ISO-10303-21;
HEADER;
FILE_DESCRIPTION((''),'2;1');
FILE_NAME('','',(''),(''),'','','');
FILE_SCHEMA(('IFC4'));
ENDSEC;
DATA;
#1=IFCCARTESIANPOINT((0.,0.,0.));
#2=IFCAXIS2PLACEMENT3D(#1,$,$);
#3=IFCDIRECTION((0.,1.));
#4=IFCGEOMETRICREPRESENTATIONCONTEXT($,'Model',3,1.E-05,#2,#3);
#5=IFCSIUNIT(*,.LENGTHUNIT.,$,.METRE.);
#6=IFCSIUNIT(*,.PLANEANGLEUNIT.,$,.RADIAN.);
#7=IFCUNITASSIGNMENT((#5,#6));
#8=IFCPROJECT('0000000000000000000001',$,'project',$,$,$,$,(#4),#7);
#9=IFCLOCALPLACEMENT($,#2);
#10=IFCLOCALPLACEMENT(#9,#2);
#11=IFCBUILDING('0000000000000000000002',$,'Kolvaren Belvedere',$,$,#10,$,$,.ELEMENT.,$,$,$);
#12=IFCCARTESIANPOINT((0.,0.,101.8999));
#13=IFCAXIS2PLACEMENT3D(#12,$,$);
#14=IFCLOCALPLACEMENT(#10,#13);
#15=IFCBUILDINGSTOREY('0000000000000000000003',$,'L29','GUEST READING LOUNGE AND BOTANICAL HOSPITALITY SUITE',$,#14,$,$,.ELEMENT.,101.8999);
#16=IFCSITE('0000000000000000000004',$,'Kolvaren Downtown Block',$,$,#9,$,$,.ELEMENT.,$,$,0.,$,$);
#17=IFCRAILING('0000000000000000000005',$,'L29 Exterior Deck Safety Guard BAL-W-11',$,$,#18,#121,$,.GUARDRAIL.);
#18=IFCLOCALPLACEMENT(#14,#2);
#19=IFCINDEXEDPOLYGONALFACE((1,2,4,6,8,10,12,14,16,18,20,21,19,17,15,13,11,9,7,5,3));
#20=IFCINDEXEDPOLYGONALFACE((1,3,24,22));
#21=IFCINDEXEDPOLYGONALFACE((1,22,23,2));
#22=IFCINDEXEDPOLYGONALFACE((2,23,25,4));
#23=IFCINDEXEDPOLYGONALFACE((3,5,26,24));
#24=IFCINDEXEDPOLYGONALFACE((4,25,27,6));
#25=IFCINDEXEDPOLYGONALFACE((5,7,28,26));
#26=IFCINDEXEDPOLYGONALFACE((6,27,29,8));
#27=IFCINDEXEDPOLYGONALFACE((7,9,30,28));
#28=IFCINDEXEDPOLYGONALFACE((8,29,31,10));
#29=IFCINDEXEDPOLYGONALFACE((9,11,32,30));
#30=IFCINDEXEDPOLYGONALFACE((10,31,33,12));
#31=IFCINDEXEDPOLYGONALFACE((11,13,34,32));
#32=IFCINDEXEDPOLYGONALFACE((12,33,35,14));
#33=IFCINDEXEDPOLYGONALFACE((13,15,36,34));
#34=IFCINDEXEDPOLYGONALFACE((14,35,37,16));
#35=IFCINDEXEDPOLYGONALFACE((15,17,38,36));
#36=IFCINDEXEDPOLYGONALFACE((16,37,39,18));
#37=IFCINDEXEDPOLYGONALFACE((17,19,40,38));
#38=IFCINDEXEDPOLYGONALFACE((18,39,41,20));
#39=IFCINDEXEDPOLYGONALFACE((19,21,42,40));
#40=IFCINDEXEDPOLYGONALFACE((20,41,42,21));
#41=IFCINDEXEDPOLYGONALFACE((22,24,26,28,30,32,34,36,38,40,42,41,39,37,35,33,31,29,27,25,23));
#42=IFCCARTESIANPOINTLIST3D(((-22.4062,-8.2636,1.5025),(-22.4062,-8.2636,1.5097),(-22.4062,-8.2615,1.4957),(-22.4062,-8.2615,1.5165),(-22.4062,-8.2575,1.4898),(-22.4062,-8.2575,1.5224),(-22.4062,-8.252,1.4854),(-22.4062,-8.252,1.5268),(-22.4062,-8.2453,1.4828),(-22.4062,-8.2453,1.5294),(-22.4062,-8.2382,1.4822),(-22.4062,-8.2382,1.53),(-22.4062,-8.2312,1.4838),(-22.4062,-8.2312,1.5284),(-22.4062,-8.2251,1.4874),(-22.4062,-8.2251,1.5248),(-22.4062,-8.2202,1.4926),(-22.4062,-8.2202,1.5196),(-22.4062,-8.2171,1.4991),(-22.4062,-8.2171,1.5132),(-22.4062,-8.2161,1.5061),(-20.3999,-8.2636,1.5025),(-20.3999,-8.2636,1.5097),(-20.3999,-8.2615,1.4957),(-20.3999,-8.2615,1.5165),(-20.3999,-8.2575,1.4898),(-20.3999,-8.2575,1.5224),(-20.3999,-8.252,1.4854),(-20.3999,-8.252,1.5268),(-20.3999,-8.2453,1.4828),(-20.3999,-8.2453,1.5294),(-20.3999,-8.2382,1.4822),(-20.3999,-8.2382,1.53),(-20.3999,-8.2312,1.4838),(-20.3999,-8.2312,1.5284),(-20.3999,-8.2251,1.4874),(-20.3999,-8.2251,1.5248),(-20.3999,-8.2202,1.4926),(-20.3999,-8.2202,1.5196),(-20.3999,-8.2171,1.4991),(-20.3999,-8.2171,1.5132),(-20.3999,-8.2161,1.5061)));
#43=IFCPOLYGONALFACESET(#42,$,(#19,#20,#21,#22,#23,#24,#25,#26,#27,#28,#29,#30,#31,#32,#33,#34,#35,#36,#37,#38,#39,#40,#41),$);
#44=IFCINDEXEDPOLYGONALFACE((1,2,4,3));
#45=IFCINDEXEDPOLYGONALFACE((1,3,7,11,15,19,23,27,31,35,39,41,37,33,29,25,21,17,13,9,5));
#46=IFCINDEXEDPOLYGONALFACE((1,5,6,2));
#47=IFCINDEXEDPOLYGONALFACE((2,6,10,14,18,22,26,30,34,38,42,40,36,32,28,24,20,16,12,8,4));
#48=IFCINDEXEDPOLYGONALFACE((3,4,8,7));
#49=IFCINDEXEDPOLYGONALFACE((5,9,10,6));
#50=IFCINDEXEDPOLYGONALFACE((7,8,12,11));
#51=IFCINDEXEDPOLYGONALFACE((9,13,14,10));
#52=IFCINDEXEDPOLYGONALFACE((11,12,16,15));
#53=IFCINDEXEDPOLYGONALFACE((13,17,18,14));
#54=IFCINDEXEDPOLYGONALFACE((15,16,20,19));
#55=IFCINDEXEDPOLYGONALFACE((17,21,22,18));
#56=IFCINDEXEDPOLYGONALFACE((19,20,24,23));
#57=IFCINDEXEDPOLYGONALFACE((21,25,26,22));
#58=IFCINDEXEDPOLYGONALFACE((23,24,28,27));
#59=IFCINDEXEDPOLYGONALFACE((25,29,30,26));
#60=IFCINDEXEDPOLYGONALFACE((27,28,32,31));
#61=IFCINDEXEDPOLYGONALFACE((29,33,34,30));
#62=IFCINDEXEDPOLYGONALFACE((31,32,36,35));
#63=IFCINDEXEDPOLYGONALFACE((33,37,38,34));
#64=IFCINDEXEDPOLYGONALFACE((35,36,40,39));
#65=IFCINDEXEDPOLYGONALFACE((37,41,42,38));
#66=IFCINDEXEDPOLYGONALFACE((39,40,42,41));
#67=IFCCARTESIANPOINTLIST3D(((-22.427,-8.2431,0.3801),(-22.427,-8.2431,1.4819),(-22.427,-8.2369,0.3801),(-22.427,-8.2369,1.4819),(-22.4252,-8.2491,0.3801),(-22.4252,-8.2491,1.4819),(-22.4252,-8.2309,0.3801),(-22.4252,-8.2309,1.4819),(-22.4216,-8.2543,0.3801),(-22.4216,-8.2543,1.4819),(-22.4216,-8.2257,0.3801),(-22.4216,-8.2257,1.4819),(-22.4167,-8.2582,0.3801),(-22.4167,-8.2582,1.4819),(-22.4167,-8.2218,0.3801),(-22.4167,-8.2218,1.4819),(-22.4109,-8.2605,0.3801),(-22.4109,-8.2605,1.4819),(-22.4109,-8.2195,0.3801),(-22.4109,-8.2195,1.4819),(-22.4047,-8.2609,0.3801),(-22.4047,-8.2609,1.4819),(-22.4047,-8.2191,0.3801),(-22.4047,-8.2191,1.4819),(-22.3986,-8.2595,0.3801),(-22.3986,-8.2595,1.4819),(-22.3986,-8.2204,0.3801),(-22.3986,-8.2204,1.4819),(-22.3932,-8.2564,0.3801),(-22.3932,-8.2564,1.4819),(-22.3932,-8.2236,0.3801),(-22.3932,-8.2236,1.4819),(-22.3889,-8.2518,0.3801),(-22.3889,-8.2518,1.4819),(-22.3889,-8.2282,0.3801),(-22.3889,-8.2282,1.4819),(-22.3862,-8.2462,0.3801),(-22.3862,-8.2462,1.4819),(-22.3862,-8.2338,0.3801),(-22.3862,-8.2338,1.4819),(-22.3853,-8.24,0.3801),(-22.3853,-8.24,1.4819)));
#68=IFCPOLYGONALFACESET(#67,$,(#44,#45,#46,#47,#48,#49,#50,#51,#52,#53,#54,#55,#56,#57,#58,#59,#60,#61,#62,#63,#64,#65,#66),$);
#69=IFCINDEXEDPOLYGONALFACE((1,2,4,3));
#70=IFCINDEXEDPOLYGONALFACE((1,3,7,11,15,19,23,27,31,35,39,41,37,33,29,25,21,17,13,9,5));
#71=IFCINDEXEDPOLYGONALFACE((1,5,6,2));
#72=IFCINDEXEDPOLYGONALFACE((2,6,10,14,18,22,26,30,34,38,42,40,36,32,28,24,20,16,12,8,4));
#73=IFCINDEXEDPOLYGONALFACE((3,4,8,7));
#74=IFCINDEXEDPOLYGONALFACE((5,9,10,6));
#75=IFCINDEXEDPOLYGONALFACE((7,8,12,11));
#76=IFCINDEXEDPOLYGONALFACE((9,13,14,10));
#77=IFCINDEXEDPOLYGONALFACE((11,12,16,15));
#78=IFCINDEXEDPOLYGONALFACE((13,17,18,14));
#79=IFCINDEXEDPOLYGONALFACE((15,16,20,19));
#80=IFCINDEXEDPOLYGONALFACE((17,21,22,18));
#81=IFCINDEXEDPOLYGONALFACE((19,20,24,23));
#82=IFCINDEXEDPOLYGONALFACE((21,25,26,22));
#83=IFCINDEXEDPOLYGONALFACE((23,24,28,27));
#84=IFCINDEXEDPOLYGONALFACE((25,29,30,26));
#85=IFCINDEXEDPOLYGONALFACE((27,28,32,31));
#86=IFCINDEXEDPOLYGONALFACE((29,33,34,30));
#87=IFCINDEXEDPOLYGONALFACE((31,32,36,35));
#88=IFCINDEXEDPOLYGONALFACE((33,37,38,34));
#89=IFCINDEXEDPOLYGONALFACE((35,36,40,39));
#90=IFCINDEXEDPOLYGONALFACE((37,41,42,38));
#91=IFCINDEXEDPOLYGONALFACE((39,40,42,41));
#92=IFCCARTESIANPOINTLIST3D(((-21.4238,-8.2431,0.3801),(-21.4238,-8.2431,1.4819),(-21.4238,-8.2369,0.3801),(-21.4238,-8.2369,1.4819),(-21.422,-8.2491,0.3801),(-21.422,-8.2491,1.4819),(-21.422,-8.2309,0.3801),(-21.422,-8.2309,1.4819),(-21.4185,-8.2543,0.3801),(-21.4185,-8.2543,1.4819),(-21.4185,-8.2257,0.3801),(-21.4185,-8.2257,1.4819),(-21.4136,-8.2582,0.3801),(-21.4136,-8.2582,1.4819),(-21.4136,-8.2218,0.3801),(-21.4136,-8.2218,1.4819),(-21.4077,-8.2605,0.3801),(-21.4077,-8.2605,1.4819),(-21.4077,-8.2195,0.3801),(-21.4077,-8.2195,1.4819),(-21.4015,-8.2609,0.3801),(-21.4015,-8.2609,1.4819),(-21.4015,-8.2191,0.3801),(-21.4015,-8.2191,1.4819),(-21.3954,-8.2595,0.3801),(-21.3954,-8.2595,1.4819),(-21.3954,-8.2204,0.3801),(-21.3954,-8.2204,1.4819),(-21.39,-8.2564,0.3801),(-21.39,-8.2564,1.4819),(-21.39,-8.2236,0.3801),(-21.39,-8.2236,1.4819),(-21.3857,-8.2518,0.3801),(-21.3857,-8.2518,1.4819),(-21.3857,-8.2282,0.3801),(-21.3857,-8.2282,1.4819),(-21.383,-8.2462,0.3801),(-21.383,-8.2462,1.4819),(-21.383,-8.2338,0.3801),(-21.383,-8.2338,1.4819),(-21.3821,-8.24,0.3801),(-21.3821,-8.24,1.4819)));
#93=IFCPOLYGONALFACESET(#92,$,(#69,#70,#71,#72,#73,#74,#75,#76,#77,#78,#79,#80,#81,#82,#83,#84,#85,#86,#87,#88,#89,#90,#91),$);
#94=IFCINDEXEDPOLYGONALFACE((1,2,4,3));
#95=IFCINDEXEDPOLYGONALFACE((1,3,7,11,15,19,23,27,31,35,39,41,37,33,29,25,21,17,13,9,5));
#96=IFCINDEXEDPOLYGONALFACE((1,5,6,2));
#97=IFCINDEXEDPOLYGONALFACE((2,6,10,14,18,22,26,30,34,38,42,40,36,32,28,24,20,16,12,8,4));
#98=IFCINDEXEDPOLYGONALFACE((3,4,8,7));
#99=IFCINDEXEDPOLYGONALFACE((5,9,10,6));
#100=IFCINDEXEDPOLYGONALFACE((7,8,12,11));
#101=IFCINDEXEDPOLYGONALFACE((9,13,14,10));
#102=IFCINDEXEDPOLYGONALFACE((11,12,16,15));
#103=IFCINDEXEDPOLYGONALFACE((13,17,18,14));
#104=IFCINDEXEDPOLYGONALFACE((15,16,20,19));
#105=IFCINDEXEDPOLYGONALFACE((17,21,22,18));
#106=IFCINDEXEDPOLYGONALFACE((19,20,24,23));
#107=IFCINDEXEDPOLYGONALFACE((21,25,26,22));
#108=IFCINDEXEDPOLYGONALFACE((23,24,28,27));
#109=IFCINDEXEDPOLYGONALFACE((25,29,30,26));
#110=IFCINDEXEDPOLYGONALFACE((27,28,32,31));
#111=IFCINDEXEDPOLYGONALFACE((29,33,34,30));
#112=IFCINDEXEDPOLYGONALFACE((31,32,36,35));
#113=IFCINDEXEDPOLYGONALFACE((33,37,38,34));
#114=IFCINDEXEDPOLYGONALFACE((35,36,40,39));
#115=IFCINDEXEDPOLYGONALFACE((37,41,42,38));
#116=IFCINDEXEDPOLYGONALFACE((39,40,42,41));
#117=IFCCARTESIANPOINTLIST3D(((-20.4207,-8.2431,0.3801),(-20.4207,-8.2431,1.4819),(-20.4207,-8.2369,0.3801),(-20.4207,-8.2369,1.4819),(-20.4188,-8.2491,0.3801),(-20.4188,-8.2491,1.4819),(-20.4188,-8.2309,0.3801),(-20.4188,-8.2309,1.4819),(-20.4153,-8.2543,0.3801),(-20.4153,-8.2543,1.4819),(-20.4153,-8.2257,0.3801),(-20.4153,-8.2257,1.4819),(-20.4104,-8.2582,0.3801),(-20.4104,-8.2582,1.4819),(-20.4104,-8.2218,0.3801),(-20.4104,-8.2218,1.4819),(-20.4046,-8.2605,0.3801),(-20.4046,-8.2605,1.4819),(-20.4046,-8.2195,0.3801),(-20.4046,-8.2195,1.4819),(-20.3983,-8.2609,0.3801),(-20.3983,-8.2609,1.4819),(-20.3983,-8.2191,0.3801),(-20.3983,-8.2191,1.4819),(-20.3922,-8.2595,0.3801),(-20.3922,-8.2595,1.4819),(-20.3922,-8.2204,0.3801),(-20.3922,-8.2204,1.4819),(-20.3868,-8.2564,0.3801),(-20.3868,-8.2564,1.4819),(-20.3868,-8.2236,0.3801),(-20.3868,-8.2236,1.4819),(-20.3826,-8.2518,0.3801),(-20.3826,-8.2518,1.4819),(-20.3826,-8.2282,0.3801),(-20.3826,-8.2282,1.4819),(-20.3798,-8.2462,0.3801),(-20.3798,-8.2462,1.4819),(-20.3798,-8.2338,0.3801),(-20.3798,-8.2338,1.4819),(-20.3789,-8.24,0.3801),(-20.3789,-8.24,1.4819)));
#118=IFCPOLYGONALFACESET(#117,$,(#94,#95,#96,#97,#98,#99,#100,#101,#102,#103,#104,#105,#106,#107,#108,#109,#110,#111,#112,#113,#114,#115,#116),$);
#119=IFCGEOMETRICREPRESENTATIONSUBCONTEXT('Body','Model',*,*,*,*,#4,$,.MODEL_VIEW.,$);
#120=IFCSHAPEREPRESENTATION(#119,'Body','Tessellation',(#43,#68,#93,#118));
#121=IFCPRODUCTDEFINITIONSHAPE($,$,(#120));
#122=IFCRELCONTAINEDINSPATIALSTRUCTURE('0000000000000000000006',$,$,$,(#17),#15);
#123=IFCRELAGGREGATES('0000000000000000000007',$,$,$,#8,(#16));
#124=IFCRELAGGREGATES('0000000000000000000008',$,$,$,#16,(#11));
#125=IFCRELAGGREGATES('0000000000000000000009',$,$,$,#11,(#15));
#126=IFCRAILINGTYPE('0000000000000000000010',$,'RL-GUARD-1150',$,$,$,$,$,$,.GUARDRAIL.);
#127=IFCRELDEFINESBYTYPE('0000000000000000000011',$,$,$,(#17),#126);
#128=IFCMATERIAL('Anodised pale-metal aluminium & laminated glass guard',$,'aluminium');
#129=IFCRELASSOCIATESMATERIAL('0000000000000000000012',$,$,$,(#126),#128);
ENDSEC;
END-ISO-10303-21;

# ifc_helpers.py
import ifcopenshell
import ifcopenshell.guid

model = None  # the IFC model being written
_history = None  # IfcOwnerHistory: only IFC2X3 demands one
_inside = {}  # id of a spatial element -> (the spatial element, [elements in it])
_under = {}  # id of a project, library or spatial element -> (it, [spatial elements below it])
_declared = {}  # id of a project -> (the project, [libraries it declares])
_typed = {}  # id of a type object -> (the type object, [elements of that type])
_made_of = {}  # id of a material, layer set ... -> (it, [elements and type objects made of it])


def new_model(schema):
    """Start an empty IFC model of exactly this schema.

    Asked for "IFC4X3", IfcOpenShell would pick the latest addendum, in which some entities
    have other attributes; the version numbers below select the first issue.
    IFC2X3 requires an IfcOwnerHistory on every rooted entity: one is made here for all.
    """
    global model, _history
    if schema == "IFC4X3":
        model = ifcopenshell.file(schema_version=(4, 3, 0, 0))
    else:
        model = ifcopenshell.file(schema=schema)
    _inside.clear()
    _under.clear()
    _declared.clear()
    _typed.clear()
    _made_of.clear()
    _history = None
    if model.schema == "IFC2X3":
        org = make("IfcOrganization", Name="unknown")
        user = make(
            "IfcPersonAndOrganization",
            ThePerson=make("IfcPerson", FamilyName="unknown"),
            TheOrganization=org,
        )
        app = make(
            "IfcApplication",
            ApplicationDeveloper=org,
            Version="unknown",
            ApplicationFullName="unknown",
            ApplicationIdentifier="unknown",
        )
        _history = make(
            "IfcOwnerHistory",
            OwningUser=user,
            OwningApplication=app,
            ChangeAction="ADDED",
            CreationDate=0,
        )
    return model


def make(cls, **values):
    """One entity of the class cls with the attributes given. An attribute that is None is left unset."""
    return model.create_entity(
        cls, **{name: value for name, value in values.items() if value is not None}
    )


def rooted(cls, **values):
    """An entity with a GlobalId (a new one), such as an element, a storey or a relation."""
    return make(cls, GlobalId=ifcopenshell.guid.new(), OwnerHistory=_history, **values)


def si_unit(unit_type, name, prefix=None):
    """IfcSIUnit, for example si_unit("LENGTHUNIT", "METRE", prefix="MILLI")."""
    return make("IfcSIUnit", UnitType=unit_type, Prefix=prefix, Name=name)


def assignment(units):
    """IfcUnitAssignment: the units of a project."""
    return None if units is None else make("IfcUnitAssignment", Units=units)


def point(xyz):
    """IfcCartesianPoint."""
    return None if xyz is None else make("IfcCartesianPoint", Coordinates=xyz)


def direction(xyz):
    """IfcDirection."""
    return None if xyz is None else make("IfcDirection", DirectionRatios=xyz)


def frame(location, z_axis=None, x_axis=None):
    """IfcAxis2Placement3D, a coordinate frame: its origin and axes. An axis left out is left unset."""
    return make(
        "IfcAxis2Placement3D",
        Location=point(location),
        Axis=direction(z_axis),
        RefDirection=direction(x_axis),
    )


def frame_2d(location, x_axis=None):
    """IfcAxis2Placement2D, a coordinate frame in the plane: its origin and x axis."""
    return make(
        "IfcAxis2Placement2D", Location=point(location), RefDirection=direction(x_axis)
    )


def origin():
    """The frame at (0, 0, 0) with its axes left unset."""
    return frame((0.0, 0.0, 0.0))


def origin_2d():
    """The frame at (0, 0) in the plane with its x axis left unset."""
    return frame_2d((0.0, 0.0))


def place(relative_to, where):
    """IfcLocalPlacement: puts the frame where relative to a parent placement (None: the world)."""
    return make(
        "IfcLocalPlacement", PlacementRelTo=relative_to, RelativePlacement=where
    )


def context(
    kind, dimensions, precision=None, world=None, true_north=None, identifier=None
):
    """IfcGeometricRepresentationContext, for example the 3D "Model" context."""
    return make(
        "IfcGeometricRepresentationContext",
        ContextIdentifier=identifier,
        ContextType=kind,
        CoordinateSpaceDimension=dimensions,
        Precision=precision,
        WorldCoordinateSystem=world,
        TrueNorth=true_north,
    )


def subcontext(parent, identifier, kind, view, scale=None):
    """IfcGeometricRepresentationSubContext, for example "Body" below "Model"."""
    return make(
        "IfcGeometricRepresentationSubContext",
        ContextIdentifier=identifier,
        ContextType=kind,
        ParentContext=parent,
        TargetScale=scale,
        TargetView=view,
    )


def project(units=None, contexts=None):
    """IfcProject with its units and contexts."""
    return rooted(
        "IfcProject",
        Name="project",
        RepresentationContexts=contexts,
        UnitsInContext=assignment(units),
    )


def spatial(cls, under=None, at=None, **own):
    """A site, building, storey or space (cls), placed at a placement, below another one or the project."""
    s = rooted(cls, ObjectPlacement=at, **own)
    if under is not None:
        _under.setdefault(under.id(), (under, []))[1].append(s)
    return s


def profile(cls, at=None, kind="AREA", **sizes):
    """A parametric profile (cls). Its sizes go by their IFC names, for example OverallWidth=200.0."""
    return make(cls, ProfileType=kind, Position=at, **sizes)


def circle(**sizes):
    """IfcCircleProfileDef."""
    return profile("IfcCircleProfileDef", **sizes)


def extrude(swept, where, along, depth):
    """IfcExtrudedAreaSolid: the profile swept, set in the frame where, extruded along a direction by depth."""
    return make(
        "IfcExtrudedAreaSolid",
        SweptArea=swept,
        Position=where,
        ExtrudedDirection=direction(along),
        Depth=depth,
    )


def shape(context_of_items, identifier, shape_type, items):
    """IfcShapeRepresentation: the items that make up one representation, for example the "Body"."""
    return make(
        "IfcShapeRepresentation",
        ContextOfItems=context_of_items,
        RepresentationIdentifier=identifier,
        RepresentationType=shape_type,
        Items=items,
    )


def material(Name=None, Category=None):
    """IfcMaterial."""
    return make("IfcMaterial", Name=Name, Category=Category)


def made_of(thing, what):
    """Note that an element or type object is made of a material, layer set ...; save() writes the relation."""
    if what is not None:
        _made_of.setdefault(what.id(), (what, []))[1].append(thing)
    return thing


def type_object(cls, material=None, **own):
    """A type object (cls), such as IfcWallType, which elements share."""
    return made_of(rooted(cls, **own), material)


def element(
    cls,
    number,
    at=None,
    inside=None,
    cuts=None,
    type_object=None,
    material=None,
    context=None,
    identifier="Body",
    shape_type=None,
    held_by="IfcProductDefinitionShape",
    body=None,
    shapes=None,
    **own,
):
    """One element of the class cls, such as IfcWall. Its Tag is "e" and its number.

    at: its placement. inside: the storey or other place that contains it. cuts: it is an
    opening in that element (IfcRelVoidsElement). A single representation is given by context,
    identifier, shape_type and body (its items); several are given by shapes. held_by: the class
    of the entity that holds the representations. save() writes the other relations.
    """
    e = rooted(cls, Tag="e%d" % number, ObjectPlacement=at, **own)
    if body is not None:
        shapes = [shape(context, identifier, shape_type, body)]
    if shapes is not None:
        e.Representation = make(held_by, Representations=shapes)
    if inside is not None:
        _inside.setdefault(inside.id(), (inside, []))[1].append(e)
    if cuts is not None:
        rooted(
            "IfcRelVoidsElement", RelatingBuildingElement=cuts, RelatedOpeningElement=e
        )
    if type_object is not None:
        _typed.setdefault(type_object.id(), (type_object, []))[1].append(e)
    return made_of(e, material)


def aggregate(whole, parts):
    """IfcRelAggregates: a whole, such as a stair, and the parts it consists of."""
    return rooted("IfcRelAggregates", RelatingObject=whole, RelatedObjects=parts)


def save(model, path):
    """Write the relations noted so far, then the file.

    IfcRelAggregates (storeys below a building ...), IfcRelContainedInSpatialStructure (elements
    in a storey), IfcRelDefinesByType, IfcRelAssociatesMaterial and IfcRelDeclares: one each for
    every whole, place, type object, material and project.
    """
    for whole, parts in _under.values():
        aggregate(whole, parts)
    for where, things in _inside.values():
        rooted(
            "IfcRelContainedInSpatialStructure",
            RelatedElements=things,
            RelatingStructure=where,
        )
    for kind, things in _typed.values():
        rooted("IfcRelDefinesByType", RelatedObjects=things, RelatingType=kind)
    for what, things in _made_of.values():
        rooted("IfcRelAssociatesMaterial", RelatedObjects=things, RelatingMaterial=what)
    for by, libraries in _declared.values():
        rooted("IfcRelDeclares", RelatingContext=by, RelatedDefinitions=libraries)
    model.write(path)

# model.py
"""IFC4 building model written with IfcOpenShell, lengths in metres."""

from ifc_helpers import new_model, si_unit, direction, frame, origin, origin_2d, place, context, subcontext, project, spatial, circle, extrude, material, type_object, element, save


model = new_model("IFC4")

# Units and contexts
model_context = context("Model", 3, precision=1e-05, world=origin(), true_north=direction((0.0, 1.0)))
body_context = subcontext(model_context, "Body", "Model", "MODEL_VIEW")
ifc_project = project(units=[si_unit("LENGTHUNIT", "METRE"), si_unit("PLANEANGLEUNIT", "RADIAN")], contexts=[model_context])

# Site, building, storey
site_placement = place(None, origin())
site = spatial("IfcSite", under=ifc_project, at=site_placement, Name="Kolvaren Downtown Block", CompositionType="ELEMENT", RefElevation=0.0)
building_placement = place(site_placement, origin())
building = spatial("IfcBuilding", under=site, at=building_placement, Name="Kolvaren Belvedere", CompositionType="ELEMENT")
storey_placement = place(building_placement, frame((0.0, 0.0, 101.8999)))
storey = spatial("IfcBuildingStorey", under=building, at=storey_placement, Name="L29", Description="GUEST READING LOUNGE AND BOTANICAL HOSPITALITY SUITE", CompositionType="ELEMENT", Elevation=101.8999)

# Railing
ifc_material_1 = material(Name="Anodised pale-metal aluminium & laminated glass guard", Category="aluminium")
railing_type = type_object("IfcRailingType", Name="RL-GUARD-1150", PredefinedType="GUARDRAIL", material=ifc_material_1)
railing_1_placement = place(storey_placement, frame((-22.4062, -8.24, 0.3801)))
element("IfcRailing", 1, at=railing_1_placement, inside=storey, type_object=railing_type, Name="L29 Exterior Deck Safety Guard BAL-W-11", PredefinedType="GUARDRAIL", context=body_context, shape_type="SweptSolid", body=[
    extrude(circle(Radius=0.0239, at=origin_2d()), frame((0.0, 0.0, 1.126), z_axis=(1.0, 0.0, 0.0), x_axis=(0.0, 1.0, 0.0)), (0.0, 0.0, 1.0), 2.0063),
    extrude(circle(Radius=0.021, at=origin_2d()), origin(), (0.0, 0.0, 1.0), 1.1018),
    extrude(circle(Radius=0.021, at=origin_2d()), frame((1.0032, 0.0, 0.0)), (0.0, 0.0, 1.0), 1.1018),
    extrude(circle(Radius=0.021, at=origin_2d()), frame((2.0063, 0.0, 0.0)), (0.0, 0.0, 1.0), 1.1018),
])

save(model, "model.ifc")
